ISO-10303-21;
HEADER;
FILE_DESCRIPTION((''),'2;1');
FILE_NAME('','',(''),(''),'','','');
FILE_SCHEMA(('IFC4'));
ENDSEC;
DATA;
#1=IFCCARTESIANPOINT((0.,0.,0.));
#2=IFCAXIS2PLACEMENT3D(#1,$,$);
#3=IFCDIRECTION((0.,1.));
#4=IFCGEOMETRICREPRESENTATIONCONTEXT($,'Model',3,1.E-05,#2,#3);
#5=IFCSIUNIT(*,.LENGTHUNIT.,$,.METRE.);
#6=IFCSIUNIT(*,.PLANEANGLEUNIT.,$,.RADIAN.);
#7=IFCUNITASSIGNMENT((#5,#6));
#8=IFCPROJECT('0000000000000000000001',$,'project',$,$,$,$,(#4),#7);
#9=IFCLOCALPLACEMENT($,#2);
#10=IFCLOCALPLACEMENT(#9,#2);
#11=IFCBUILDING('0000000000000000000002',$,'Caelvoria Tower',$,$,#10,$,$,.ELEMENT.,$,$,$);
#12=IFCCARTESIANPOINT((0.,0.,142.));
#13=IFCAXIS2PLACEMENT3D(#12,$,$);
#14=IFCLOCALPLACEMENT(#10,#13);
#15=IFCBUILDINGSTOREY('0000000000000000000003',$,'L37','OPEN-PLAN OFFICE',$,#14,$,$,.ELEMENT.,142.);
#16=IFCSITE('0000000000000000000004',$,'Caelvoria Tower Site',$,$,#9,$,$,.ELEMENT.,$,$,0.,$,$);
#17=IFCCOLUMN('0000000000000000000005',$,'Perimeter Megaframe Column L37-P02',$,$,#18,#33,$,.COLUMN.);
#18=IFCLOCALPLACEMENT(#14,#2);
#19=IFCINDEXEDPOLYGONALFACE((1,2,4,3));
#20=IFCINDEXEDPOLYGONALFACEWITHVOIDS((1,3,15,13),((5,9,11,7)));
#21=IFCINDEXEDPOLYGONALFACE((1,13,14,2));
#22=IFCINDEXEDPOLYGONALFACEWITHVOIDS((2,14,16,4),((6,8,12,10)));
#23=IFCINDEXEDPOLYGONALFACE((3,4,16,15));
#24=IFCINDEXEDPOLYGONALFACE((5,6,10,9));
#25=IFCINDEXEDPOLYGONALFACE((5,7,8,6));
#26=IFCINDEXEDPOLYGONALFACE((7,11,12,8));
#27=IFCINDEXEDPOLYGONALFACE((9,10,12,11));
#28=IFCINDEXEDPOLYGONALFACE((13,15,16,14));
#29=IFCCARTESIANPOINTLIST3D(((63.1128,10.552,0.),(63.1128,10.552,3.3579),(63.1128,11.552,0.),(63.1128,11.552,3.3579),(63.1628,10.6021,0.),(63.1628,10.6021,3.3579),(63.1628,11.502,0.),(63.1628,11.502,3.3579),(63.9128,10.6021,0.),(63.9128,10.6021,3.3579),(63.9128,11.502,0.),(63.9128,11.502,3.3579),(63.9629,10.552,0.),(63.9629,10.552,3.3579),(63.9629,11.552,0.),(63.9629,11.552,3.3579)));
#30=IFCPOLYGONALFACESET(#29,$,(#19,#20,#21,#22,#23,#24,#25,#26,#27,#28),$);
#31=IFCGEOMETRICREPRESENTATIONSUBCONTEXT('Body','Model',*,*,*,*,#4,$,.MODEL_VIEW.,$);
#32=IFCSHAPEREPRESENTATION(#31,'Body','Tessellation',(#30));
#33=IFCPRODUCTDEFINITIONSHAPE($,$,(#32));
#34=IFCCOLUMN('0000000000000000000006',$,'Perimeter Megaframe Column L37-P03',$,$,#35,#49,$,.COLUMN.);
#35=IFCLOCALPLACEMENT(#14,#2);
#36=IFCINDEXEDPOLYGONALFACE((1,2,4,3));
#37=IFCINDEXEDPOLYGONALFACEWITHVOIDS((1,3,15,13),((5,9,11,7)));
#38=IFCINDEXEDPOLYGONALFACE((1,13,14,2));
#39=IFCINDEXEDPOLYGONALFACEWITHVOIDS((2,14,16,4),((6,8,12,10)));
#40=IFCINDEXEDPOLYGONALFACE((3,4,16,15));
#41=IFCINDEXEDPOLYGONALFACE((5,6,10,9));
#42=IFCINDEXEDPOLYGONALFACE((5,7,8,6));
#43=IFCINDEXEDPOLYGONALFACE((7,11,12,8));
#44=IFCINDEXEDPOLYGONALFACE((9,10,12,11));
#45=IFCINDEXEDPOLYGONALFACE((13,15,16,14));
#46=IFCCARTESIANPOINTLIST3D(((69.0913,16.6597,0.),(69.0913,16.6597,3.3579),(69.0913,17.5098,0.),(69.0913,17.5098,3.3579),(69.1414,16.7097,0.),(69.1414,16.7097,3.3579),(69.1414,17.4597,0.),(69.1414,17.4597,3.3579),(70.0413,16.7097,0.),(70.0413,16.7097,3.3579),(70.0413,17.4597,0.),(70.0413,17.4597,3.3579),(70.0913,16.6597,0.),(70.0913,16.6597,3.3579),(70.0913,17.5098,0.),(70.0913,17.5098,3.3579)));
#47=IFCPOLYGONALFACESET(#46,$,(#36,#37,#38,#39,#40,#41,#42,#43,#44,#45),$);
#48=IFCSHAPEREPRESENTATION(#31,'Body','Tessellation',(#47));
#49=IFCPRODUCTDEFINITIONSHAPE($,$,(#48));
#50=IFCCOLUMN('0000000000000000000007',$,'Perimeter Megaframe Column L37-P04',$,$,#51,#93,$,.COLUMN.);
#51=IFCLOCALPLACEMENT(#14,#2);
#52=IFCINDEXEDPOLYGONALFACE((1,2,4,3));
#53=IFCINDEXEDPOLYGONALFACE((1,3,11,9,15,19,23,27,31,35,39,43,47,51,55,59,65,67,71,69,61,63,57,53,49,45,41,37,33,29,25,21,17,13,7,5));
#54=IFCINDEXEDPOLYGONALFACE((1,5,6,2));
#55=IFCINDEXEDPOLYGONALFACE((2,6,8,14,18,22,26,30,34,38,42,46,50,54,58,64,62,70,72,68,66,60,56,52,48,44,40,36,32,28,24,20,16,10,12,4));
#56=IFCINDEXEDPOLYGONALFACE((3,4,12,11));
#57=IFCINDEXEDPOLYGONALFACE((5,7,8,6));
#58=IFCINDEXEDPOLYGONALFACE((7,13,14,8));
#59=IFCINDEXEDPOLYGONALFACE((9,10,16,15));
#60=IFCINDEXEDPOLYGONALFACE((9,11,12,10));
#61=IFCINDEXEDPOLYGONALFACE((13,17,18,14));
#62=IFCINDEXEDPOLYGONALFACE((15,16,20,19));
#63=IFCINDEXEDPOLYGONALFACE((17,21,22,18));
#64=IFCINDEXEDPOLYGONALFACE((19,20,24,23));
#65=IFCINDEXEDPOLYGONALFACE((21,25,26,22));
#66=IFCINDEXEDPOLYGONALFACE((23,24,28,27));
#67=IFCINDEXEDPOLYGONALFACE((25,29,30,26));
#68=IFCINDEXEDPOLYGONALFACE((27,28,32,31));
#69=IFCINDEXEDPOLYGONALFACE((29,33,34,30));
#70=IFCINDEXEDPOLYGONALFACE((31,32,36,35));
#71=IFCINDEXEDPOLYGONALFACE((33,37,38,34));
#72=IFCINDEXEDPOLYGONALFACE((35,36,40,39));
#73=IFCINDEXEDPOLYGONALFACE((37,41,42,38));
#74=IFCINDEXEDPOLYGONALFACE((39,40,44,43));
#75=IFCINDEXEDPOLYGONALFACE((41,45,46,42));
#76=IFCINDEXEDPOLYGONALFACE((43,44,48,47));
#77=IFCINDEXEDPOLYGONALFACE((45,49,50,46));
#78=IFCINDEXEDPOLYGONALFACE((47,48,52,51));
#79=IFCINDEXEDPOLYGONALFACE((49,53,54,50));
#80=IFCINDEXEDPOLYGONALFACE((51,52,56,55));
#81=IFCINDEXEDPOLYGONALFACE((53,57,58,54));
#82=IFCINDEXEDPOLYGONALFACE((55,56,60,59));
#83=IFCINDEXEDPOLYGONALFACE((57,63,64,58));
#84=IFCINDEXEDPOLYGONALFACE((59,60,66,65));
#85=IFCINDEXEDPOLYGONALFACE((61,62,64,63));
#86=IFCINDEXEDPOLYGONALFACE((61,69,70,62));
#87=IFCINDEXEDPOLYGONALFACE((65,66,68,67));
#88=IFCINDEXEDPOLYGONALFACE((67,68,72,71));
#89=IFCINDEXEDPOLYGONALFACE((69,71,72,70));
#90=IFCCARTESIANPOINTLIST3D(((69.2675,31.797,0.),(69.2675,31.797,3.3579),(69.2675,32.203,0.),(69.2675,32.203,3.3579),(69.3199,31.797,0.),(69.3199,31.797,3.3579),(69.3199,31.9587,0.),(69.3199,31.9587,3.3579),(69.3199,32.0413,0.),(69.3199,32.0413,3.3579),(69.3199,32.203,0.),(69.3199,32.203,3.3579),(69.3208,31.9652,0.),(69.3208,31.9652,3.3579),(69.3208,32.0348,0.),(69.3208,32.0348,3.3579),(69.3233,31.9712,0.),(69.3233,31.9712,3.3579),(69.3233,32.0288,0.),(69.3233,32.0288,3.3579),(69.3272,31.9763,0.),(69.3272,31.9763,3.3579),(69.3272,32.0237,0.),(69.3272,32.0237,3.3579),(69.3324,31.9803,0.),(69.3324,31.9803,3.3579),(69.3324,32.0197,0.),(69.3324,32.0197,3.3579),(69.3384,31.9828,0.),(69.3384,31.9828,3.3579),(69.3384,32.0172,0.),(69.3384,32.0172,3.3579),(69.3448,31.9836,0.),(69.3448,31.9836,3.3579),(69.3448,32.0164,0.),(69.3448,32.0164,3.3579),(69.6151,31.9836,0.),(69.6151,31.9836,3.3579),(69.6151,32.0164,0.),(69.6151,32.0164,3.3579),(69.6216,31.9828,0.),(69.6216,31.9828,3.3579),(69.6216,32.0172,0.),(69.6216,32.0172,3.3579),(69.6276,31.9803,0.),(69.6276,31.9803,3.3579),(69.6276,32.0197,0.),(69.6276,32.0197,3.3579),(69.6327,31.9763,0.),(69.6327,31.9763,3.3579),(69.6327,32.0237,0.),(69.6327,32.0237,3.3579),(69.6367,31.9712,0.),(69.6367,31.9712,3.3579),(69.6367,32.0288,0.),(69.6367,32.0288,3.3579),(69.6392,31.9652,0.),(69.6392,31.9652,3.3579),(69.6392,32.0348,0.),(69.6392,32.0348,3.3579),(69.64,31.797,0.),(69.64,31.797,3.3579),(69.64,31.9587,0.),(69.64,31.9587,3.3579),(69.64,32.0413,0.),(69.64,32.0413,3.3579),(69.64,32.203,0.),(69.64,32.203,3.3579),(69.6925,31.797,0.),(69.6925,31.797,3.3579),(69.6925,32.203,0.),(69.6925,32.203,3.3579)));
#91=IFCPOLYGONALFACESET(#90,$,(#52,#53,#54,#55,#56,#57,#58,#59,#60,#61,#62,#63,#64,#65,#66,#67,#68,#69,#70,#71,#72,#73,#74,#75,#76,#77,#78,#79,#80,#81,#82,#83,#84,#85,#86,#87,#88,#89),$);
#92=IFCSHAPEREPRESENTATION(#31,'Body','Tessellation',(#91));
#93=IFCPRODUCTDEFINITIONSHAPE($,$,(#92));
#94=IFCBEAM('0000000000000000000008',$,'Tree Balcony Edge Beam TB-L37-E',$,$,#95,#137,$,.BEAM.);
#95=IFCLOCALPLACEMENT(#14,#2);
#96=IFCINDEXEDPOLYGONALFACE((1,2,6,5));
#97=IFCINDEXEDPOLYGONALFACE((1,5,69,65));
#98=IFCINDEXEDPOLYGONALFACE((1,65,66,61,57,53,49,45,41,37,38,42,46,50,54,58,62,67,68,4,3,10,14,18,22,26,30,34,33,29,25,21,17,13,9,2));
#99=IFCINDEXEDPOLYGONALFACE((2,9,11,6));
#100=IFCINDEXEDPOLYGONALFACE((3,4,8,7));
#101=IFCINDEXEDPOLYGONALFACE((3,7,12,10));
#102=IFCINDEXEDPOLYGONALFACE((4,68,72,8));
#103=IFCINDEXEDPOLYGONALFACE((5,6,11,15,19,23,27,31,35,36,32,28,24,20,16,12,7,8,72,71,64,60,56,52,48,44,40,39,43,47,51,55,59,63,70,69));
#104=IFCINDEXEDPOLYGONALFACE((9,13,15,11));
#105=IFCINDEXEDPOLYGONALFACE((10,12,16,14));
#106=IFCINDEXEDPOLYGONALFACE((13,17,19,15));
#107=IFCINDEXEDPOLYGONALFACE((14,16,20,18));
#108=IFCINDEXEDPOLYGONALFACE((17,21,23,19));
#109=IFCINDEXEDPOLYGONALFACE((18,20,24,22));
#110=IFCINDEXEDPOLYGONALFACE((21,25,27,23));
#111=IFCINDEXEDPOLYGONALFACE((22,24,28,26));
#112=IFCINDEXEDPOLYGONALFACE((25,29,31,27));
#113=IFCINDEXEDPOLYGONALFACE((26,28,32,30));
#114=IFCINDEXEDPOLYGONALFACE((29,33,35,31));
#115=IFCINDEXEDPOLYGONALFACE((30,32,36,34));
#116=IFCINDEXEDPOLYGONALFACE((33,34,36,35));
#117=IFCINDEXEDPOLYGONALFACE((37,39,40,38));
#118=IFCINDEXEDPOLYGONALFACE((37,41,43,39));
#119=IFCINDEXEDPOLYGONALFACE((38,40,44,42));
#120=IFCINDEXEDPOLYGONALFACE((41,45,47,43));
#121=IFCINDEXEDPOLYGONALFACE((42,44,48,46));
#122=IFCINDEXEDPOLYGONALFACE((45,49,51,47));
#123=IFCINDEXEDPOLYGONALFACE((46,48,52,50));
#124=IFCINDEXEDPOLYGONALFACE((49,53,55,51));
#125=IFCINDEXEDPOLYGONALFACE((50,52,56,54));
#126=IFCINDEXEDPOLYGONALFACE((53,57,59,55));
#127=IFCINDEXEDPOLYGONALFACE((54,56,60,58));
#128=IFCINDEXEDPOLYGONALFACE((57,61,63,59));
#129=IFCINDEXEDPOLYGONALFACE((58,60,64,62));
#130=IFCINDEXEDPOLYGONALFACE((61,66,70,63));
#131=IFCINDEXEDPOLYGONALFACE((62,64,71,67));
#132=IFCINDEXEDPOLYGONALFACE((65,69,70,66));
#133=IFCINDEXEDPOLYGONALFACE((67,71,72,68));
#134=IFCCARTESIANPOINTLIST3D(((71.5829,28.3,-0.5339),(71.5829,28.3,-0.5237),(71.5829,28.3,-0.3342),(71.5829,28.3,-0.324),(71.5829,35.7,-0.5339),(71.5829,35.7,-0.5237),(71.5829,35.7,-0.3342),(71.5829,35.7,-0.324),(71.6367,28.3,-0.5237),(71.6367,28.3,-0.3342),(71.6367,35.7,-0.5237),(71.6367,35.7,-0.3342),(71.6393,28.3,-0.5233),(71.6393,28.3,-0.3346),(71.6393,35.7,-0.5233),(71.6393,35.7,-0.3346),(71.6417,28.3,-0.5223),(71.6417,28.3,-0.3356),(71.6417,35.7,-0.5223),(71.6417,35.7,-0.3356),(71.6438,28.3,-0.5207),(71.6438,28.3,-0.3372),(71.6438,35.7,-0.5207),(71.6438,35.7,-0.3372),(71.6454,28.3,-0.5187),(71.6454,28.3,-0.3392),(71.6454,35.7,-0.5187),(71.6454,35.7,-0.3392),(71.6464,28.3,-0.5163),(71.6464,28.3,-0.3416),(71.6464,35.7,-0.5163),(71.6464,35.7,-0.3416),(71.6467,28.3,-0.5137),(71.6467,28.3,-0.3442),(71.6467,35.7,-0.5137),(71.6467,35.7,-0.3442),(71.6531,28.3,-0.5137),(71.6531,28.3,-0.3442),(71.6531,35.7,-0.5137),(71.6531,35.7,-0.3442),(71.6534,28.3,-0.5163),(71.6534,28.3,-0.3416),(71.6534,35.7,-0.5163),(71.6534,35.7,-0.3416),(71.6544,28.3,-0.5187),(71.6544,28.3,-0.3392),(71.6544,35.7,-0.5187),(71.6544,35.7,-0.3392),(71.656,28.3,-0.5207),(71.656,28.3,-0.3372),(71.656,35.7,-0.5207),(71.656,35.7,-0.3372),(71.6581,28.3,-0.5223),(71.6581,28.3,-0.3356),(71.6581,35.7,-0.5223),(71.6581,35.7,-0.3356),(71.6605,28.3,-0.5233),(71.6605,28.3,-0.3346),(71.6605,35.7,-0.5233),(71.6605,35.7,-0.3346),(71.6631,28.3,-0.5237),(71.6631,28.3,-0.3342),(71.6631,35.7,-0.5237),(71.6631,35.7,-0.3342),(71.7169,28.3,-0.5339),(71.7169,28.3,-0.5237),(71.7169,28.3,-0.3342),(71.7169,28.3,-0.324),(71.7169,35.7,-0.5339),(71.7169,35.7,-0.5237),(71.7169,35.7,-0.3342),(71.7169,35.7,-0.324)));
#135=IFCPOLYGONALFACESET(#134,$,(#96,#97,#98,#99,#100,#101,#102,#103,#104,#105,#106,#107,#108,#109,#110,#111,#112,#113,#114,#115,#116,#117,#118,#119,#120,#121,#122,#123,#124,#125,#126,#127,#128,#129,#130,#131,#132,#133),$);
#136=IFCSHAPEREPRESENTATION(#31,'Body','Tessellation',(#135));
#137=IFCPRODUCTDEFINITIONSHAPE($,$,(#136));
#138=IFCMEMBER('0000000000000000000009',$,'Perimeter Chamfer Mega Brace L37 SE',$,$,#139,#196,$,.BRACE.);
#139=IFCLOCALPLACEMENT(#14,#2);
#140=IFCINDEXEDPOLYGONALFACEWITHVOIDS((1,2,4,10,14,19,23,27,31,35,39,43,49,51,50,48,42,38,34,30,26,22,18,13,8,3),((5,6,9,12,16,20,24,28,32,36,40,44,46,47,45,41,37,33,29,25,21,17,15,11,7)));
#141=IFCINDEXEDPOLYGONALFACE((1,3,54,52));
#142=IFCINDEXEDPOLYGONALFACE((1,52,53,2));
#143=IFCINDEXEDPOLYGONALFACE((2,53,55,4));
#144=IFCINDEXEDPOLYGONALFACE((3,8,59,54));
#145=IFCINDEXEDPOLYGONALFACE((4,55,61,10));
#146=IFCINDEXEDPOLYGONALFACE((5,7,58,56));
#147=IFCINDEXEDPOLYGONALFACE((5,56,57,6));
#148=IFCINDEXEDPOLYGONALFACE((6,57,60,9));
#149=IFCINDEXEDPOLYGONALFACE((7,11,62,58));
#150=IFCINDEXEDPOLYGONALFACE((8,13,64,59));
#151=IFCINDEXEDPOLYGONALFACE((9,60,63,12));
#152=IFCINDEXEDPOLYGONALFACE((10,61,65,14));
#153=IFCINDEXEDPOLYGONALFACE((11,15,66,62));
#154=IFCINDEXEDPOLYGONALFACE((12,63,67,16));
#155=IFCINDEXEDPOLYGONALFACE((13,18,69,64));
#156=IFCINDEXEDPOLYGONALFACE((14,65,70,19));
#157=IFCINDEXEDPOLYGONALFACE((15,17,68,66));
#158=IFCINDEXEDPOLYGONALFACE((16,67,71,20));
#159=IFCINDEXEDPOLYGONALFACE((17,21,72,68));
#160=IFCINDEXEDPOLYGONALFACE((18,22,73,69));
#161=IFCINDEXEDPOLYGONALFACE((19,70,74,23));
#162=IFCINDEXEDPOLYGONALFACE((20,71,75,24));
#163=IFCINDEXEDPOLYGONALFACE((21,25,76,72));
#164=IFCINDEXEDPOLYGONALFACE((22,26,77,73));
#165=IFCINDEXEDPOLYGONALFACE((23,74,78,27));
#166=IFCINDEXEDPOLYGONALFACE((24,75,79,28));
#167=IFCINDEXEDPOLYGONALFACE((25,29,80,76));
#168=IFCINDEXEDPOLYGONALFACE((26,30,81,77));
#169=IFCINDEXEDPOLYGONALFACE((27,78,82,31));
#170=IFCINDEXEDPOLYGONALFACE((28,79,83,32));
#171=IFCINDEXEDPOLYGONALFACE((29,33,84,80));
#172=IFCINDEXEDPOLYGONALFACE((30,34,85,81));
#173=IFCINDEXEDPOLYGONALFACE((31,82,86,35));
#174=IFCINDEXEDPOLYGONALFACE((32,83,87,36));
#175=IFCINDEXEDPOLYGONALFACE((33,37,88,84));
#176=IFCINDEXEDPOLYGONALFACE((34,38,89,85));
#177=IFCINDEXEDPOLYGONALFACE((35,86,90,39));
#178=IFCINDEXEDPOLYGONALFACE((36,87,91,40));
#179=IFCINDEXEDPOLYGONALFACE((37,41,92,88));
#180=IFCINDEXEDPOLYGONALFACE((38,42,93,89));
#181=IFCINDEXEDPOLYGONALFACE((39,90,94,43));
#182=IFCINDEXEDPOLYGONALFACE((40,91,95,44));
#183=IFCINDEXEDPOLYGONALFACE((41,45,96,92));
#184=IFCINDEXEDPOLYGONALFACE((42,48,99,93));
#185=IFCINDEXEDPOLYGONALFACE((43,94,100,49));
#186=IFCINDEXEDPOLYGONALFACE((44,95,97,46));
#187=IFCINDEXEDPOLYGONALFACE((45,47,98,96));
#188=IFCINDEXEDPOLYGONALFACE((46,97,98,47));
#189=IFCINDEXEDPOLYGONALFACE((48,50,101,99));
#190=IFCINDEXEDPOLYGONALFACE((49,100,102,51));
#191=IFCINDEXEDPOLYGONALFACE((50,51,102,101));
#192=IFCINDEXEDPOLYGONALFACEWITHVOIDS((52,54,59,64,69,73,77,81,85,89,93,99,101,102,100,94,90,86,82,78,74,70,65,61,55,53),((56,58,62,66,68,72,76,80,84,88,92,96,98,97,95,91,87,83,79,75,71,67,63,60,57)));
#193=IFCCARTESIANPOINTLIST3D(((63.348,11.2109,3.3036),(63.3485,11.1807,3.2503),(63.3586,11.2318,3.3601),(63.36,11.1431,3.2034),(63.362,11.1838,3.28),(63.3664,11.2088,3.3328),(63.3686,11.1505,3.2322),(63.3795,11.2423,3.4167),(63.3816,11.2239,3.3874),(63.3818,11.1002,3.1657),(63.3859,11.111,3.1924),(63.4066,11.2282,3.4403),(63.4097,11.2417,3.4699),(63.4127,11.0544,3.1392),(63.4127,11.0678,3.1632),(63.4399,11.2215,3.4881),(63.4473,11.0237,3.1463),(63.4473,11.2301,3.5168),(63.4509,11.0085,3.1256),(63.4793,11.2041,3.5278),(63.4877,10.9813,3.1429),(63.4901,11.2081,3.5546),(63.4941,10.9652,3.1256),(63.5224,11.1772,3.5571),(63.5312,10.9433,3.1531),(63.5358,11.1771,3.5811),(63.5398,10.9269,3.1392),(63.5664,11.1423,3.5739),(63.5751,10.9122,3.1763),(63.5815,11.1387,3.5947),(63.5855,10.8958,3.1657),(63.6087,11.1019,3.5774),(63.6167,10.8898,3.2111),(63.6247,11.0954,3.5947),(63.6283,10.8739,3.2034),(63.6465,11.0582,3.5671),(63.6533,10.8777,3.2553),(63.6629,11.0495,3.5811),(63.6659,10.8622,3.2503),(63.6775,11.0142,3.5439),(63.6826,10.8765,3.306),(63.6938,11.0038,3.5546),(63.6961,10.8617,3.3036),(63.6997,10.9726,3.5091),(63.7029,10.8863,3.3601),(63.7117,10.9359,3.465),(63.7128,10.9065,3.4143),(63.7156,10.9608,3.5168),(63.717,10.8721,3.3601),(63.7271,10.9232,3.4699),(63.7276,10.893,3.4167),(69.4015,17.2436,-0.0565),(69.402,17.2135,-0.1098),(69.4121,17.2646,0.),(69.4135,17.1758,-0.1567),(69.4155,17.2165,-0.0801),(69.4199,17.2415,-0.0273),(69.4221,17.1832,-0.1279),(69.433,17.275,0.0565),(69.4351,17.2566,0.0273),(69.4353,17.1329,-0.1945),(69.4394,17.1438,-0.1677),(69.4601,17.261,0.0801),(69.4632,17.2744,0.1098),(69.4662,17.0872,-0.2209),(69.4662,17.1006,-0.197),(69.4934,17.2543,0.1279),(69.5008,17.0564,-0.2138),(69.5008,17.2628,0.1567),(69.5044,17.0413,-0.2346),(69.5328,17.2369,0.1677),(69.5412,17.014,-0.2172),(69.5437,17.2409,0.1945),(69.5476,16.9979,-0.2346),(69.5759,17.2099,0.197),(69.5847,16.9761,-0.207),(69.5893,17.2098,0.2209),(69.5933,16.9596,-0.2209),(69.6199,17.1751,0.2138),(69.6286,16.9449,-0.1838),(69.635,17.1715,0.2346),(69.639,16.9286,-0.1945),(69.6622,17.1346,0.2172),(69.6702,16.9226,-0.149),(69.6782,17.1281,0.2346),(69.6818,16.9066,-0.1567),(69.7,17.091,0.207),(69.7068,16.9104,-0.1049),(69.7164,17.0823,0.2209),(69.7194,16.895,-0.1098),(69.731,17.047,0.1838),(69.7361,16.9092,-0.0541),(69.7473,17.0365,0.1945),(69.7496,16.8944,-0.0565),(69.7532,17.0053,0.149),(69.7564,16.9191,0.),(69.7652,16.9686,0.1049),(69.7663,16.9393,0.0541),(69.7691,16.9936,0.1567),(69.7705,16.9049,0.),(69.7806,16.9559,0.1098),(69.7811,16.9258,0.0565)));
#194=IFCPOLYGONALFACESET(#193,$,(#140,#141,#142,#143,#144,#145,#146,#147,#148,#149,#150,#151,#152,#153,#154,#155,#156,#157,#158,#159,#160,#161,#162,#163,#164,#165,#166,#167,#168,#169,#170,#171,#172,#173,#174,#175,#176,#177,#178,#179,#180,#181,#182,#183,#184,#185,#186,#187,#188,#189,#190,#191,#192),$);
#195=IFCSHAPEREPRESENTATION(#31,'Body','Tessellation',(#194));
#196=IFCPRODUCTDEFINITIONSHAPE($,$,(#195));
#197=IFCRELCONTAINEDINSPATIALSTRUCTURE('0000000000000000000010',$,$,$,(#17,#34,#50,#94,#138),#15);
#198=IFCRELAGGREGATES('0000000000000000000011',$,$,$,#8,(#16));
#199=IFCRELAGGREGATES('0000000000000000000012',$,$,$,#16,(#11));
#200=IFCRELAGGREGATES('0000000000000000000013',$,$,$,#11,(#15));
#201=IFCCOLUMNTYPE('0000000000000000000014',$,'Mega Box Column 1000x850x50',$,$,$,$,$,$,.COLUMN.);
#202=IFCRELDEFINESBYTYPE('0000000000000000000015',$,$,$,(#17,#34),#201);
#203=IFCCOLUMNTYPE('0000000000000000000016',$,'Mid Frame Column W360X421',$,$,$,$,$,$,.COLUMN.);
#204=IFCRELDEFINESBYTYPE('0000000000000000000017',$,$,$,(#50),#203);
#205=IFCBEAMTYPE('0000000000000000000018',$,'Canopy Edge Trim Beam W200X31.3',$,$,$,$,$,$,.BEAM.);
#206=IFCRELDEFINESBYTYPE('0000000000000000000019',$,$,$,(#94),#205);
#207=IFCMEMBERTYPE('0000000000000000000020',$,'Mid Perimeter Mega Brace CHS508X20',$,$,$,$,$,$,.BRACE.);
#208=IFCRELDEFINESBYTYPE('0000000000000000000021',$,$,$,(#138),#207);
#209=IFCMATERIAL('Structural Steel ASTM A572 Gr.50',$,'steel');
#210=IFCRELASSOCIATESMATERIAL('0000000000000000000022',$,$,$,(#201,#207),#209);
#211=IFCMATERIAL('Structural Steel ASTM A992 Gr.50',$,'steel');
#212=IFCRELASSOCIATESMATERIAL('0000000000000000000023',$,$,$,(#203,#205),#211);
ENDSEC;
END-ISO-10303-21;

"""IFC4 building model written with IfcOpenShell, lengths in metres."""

from ifc_helpers import new_model, si_unit, direction, frame, origin, origin_2d, place, context, subcontext, project, spatial, hollow_rectangle, hollow_circle, i_section, extrude, material, material_profile, profile_set, type_object, element, save


model = new_model("IFC4")

# Units and contexts
model_context = context("Model", 3, precision=1e-05, world=origin(), true_north=direction((0.0, 1.0)))
body_context = subcontext(model_context, "Body", "Model", "MODEL_VIEW")
ifc_project = project(units=[si_unit("LENGTHUNIT", "METRE"), si_unit("PLANEANGLEUNIT", "RADIAN")], contexts=[model_context])

# Site, building, storey
site_placement = place(None, origin())
site = spatial("IfcSite", under=ifc_project, at=site_placement, Name="Caelvoria Tower Site", CompositionType="ELEMENT", RefElevation=0.0)
building_placement = place(site_placement, origin())
building = spatial("IfcBuilding", under=site, at=building_placement, Name="Caelvoria Tower", CompositionType="ELEMENT")
storey_placement = place(building_placement, frame((0.0, 0.0, 142.0)))
storey = spatial("IfcBuildingStorey", under=building, at=storey_placement, Name="L37", Description="OPEN-PLAN OFFICE", CompositionType="ELEMENT", Elevation=142.0)

# Columns
ifc_material_1 = material(Name="Structural Steel ASTM A572 Gr.50", Category="steel")
ifc_material_profile_1 = material_profile(ifc_material_1, hollow_rectangle(XDim=0.8501, YDim=1.0, WallThickness=0.05, at=origin_2d()), Name="Structural Steel ASTM A572 Gr.50")
ifc_profile_set_1 = profile_set([ifc_material_profile_1], Name="BOX1000X850X50 - Structural Steel ASTM A572 Gr.50")
column_type_1 = type_object("IfcColumnType", Name="Mega Box Column 1000x850x50", PredefinedType="COLUMN", material=ifc_profile_set_1)
for number, where, z_axis, x_axis, name in (
    (1, (63.5378, 11.052, 0.0), (0.0, 0.0, 1.0), (1.0, 0.0, 0.0), "Perimeter Megaframe Column L37-P02"),
    (2, (69.5913, 17.0847, 0.0), (0.0, 0.0, 1.0), (0.0, 1.0, 0.0), "Perimeter Megaframe Column L37-P03"),
):
    element("IfcColumn", number, at=place(storey_placement, frame(where, z_axis=z_axis, x_axis=x_axis)), inside=storey, type_object=column_type_1, Name=name, PredefinedType="COLUMN", context=body_context, shape_type="SweptSolid", body=[
        extrude(hollow_rectangle(XDim=0.8501, YDim=1.0, WallThickness=0.05, at=origin_2d()), origin(), (0.0, 0.0, 1.0), 3.3579),
    ])
ifc_material_2 = material(Name="Structural Steel ASTM A992 Gr.50", Category="steel")
ifc_material_profile_2 = material_profile(ifc_material_2, i_section(OverallWidth=0.406, OverallDepth=0.425, WebThickness=0.0327, FlangeThickness=0.0525, FilletRadius=0.0249, at=origin_2d()), Name="Structural Steel ASTM A992 Gr.50")
ifc_profile_set_2 = profile_set([ifc_material_profile_2], Name="W360X421 - Structural Steel ASTM A992 Gr.50")
column_type_2 = type_object("IfcColumnType", Name="Mid Frame Column W360X421", PredefinedType="COLUMN", material=ifc_profile_set_2)
column_placement = place(storey_placement, frame((69.48, 32.0, 0.0), z_axis=(0.0, 0.0, 1.0), x_axis=(0.0, 1.0, 0.0)))
element("IfcColumn", 3, at=column_placement, inside=storey, type_object=column_type_2, Name="Perimeter Megaframe Column L37-P04", PredefinedType="COLUMN", context=body_context, shape_type="SweptSolid", body=[
    extrude(i_section(OverallWidth=0.406, OverallDepth=0.425, WebThickness=0.0327, FlangeThickness=0.0525, FilletRadius=0.0249, at=origin_2d()), origin(), (0.0, 0.0, 1.0), 3.3579),
])

# Beam
ifc_material_profile_3 = material_profile(ifc_material_2, i_section(OverallWidth=0.134, OverallDepth=0.21, WebThickness=0.0063, FlangeThickness=0.0103, FilletRadius=0.01, at=origin_2d()), Name="Structural Steel ASTM A992 Gr.50")
ifc_profile_set_3 = profile_set([ifc_material_profile_3], Name="W200X31.3 - Structural Steel ASTM A992 Gr.50")
beam_type_1 = type_object("IfcBeamType", Name="Canopy Edge Trim Beam W200X31.3", PredefinedType="BEAM", material=ifc_profile_set_3)
beam_1_placement = place(storey_placement, frame((71.6499, 28.3, -0.429), z_axis=(0.0, 1.0, 0.0), x_axis=(-1.0, 0.0, 0.0)))
element("IfcBeam", 4, at=beam_1_placement, inside=storey, type_object=beam_type_1, Name="Tree Balcony Edge Beam TB-L37-E", PredefinedType="BEAM", context=body_context, shape_type="SweptSolid", body=[
    extrude(i_section(OverallWidth=0.134, OverallDepth=0.21, WebThickness=0.0063, FlangeThickness=0.0103, FilletRadius=0.01, at=origin_2d()), origin(), (0.0, 0.0, 1.0), 7.3999),
])

# Member
ifc_material_profile_4 = material_profile(ifc_material_1, hollow_circle(Radius=0.2539, WallThickness=0.02, at=origin_2d()), Name="Structural Steel ASTM A572 Gr.50")
ifc_profile_set_4 = profile_set([ifc_material_profile_4], Name="CHS508X20 - Structural Steel ASTM A572 Gr.50")
member_type = type_object("IfcMemberType", Name="Mid Perimeter Mega Brace CHS508X20", PredefinedType="BRACE", material=ifc_profile_set_4)
member_placement = place(storey_placement, frame((69.5913, 17.0847, 0.0), z_axis=(-0.6592, -0.65694, 0.365903), x_axis=(0.705892, -0.70832, 0.0)))
element("IfcMember", 5, at=member_placement, inside=storey, type_object=member_type, Name="Perimeter Chamfer Mega Brace L37 SE", PredefinedType="BRACE", context=body_context, shape_type="SweptSolid", body=[
    extrude(hollow_circle(Radius=0.2539, WallThickness=0.02, at=origin_2d()), origin(), (0.0, 0.0, 1.0), 9.1831),
])

save(model, "model.ifc")
